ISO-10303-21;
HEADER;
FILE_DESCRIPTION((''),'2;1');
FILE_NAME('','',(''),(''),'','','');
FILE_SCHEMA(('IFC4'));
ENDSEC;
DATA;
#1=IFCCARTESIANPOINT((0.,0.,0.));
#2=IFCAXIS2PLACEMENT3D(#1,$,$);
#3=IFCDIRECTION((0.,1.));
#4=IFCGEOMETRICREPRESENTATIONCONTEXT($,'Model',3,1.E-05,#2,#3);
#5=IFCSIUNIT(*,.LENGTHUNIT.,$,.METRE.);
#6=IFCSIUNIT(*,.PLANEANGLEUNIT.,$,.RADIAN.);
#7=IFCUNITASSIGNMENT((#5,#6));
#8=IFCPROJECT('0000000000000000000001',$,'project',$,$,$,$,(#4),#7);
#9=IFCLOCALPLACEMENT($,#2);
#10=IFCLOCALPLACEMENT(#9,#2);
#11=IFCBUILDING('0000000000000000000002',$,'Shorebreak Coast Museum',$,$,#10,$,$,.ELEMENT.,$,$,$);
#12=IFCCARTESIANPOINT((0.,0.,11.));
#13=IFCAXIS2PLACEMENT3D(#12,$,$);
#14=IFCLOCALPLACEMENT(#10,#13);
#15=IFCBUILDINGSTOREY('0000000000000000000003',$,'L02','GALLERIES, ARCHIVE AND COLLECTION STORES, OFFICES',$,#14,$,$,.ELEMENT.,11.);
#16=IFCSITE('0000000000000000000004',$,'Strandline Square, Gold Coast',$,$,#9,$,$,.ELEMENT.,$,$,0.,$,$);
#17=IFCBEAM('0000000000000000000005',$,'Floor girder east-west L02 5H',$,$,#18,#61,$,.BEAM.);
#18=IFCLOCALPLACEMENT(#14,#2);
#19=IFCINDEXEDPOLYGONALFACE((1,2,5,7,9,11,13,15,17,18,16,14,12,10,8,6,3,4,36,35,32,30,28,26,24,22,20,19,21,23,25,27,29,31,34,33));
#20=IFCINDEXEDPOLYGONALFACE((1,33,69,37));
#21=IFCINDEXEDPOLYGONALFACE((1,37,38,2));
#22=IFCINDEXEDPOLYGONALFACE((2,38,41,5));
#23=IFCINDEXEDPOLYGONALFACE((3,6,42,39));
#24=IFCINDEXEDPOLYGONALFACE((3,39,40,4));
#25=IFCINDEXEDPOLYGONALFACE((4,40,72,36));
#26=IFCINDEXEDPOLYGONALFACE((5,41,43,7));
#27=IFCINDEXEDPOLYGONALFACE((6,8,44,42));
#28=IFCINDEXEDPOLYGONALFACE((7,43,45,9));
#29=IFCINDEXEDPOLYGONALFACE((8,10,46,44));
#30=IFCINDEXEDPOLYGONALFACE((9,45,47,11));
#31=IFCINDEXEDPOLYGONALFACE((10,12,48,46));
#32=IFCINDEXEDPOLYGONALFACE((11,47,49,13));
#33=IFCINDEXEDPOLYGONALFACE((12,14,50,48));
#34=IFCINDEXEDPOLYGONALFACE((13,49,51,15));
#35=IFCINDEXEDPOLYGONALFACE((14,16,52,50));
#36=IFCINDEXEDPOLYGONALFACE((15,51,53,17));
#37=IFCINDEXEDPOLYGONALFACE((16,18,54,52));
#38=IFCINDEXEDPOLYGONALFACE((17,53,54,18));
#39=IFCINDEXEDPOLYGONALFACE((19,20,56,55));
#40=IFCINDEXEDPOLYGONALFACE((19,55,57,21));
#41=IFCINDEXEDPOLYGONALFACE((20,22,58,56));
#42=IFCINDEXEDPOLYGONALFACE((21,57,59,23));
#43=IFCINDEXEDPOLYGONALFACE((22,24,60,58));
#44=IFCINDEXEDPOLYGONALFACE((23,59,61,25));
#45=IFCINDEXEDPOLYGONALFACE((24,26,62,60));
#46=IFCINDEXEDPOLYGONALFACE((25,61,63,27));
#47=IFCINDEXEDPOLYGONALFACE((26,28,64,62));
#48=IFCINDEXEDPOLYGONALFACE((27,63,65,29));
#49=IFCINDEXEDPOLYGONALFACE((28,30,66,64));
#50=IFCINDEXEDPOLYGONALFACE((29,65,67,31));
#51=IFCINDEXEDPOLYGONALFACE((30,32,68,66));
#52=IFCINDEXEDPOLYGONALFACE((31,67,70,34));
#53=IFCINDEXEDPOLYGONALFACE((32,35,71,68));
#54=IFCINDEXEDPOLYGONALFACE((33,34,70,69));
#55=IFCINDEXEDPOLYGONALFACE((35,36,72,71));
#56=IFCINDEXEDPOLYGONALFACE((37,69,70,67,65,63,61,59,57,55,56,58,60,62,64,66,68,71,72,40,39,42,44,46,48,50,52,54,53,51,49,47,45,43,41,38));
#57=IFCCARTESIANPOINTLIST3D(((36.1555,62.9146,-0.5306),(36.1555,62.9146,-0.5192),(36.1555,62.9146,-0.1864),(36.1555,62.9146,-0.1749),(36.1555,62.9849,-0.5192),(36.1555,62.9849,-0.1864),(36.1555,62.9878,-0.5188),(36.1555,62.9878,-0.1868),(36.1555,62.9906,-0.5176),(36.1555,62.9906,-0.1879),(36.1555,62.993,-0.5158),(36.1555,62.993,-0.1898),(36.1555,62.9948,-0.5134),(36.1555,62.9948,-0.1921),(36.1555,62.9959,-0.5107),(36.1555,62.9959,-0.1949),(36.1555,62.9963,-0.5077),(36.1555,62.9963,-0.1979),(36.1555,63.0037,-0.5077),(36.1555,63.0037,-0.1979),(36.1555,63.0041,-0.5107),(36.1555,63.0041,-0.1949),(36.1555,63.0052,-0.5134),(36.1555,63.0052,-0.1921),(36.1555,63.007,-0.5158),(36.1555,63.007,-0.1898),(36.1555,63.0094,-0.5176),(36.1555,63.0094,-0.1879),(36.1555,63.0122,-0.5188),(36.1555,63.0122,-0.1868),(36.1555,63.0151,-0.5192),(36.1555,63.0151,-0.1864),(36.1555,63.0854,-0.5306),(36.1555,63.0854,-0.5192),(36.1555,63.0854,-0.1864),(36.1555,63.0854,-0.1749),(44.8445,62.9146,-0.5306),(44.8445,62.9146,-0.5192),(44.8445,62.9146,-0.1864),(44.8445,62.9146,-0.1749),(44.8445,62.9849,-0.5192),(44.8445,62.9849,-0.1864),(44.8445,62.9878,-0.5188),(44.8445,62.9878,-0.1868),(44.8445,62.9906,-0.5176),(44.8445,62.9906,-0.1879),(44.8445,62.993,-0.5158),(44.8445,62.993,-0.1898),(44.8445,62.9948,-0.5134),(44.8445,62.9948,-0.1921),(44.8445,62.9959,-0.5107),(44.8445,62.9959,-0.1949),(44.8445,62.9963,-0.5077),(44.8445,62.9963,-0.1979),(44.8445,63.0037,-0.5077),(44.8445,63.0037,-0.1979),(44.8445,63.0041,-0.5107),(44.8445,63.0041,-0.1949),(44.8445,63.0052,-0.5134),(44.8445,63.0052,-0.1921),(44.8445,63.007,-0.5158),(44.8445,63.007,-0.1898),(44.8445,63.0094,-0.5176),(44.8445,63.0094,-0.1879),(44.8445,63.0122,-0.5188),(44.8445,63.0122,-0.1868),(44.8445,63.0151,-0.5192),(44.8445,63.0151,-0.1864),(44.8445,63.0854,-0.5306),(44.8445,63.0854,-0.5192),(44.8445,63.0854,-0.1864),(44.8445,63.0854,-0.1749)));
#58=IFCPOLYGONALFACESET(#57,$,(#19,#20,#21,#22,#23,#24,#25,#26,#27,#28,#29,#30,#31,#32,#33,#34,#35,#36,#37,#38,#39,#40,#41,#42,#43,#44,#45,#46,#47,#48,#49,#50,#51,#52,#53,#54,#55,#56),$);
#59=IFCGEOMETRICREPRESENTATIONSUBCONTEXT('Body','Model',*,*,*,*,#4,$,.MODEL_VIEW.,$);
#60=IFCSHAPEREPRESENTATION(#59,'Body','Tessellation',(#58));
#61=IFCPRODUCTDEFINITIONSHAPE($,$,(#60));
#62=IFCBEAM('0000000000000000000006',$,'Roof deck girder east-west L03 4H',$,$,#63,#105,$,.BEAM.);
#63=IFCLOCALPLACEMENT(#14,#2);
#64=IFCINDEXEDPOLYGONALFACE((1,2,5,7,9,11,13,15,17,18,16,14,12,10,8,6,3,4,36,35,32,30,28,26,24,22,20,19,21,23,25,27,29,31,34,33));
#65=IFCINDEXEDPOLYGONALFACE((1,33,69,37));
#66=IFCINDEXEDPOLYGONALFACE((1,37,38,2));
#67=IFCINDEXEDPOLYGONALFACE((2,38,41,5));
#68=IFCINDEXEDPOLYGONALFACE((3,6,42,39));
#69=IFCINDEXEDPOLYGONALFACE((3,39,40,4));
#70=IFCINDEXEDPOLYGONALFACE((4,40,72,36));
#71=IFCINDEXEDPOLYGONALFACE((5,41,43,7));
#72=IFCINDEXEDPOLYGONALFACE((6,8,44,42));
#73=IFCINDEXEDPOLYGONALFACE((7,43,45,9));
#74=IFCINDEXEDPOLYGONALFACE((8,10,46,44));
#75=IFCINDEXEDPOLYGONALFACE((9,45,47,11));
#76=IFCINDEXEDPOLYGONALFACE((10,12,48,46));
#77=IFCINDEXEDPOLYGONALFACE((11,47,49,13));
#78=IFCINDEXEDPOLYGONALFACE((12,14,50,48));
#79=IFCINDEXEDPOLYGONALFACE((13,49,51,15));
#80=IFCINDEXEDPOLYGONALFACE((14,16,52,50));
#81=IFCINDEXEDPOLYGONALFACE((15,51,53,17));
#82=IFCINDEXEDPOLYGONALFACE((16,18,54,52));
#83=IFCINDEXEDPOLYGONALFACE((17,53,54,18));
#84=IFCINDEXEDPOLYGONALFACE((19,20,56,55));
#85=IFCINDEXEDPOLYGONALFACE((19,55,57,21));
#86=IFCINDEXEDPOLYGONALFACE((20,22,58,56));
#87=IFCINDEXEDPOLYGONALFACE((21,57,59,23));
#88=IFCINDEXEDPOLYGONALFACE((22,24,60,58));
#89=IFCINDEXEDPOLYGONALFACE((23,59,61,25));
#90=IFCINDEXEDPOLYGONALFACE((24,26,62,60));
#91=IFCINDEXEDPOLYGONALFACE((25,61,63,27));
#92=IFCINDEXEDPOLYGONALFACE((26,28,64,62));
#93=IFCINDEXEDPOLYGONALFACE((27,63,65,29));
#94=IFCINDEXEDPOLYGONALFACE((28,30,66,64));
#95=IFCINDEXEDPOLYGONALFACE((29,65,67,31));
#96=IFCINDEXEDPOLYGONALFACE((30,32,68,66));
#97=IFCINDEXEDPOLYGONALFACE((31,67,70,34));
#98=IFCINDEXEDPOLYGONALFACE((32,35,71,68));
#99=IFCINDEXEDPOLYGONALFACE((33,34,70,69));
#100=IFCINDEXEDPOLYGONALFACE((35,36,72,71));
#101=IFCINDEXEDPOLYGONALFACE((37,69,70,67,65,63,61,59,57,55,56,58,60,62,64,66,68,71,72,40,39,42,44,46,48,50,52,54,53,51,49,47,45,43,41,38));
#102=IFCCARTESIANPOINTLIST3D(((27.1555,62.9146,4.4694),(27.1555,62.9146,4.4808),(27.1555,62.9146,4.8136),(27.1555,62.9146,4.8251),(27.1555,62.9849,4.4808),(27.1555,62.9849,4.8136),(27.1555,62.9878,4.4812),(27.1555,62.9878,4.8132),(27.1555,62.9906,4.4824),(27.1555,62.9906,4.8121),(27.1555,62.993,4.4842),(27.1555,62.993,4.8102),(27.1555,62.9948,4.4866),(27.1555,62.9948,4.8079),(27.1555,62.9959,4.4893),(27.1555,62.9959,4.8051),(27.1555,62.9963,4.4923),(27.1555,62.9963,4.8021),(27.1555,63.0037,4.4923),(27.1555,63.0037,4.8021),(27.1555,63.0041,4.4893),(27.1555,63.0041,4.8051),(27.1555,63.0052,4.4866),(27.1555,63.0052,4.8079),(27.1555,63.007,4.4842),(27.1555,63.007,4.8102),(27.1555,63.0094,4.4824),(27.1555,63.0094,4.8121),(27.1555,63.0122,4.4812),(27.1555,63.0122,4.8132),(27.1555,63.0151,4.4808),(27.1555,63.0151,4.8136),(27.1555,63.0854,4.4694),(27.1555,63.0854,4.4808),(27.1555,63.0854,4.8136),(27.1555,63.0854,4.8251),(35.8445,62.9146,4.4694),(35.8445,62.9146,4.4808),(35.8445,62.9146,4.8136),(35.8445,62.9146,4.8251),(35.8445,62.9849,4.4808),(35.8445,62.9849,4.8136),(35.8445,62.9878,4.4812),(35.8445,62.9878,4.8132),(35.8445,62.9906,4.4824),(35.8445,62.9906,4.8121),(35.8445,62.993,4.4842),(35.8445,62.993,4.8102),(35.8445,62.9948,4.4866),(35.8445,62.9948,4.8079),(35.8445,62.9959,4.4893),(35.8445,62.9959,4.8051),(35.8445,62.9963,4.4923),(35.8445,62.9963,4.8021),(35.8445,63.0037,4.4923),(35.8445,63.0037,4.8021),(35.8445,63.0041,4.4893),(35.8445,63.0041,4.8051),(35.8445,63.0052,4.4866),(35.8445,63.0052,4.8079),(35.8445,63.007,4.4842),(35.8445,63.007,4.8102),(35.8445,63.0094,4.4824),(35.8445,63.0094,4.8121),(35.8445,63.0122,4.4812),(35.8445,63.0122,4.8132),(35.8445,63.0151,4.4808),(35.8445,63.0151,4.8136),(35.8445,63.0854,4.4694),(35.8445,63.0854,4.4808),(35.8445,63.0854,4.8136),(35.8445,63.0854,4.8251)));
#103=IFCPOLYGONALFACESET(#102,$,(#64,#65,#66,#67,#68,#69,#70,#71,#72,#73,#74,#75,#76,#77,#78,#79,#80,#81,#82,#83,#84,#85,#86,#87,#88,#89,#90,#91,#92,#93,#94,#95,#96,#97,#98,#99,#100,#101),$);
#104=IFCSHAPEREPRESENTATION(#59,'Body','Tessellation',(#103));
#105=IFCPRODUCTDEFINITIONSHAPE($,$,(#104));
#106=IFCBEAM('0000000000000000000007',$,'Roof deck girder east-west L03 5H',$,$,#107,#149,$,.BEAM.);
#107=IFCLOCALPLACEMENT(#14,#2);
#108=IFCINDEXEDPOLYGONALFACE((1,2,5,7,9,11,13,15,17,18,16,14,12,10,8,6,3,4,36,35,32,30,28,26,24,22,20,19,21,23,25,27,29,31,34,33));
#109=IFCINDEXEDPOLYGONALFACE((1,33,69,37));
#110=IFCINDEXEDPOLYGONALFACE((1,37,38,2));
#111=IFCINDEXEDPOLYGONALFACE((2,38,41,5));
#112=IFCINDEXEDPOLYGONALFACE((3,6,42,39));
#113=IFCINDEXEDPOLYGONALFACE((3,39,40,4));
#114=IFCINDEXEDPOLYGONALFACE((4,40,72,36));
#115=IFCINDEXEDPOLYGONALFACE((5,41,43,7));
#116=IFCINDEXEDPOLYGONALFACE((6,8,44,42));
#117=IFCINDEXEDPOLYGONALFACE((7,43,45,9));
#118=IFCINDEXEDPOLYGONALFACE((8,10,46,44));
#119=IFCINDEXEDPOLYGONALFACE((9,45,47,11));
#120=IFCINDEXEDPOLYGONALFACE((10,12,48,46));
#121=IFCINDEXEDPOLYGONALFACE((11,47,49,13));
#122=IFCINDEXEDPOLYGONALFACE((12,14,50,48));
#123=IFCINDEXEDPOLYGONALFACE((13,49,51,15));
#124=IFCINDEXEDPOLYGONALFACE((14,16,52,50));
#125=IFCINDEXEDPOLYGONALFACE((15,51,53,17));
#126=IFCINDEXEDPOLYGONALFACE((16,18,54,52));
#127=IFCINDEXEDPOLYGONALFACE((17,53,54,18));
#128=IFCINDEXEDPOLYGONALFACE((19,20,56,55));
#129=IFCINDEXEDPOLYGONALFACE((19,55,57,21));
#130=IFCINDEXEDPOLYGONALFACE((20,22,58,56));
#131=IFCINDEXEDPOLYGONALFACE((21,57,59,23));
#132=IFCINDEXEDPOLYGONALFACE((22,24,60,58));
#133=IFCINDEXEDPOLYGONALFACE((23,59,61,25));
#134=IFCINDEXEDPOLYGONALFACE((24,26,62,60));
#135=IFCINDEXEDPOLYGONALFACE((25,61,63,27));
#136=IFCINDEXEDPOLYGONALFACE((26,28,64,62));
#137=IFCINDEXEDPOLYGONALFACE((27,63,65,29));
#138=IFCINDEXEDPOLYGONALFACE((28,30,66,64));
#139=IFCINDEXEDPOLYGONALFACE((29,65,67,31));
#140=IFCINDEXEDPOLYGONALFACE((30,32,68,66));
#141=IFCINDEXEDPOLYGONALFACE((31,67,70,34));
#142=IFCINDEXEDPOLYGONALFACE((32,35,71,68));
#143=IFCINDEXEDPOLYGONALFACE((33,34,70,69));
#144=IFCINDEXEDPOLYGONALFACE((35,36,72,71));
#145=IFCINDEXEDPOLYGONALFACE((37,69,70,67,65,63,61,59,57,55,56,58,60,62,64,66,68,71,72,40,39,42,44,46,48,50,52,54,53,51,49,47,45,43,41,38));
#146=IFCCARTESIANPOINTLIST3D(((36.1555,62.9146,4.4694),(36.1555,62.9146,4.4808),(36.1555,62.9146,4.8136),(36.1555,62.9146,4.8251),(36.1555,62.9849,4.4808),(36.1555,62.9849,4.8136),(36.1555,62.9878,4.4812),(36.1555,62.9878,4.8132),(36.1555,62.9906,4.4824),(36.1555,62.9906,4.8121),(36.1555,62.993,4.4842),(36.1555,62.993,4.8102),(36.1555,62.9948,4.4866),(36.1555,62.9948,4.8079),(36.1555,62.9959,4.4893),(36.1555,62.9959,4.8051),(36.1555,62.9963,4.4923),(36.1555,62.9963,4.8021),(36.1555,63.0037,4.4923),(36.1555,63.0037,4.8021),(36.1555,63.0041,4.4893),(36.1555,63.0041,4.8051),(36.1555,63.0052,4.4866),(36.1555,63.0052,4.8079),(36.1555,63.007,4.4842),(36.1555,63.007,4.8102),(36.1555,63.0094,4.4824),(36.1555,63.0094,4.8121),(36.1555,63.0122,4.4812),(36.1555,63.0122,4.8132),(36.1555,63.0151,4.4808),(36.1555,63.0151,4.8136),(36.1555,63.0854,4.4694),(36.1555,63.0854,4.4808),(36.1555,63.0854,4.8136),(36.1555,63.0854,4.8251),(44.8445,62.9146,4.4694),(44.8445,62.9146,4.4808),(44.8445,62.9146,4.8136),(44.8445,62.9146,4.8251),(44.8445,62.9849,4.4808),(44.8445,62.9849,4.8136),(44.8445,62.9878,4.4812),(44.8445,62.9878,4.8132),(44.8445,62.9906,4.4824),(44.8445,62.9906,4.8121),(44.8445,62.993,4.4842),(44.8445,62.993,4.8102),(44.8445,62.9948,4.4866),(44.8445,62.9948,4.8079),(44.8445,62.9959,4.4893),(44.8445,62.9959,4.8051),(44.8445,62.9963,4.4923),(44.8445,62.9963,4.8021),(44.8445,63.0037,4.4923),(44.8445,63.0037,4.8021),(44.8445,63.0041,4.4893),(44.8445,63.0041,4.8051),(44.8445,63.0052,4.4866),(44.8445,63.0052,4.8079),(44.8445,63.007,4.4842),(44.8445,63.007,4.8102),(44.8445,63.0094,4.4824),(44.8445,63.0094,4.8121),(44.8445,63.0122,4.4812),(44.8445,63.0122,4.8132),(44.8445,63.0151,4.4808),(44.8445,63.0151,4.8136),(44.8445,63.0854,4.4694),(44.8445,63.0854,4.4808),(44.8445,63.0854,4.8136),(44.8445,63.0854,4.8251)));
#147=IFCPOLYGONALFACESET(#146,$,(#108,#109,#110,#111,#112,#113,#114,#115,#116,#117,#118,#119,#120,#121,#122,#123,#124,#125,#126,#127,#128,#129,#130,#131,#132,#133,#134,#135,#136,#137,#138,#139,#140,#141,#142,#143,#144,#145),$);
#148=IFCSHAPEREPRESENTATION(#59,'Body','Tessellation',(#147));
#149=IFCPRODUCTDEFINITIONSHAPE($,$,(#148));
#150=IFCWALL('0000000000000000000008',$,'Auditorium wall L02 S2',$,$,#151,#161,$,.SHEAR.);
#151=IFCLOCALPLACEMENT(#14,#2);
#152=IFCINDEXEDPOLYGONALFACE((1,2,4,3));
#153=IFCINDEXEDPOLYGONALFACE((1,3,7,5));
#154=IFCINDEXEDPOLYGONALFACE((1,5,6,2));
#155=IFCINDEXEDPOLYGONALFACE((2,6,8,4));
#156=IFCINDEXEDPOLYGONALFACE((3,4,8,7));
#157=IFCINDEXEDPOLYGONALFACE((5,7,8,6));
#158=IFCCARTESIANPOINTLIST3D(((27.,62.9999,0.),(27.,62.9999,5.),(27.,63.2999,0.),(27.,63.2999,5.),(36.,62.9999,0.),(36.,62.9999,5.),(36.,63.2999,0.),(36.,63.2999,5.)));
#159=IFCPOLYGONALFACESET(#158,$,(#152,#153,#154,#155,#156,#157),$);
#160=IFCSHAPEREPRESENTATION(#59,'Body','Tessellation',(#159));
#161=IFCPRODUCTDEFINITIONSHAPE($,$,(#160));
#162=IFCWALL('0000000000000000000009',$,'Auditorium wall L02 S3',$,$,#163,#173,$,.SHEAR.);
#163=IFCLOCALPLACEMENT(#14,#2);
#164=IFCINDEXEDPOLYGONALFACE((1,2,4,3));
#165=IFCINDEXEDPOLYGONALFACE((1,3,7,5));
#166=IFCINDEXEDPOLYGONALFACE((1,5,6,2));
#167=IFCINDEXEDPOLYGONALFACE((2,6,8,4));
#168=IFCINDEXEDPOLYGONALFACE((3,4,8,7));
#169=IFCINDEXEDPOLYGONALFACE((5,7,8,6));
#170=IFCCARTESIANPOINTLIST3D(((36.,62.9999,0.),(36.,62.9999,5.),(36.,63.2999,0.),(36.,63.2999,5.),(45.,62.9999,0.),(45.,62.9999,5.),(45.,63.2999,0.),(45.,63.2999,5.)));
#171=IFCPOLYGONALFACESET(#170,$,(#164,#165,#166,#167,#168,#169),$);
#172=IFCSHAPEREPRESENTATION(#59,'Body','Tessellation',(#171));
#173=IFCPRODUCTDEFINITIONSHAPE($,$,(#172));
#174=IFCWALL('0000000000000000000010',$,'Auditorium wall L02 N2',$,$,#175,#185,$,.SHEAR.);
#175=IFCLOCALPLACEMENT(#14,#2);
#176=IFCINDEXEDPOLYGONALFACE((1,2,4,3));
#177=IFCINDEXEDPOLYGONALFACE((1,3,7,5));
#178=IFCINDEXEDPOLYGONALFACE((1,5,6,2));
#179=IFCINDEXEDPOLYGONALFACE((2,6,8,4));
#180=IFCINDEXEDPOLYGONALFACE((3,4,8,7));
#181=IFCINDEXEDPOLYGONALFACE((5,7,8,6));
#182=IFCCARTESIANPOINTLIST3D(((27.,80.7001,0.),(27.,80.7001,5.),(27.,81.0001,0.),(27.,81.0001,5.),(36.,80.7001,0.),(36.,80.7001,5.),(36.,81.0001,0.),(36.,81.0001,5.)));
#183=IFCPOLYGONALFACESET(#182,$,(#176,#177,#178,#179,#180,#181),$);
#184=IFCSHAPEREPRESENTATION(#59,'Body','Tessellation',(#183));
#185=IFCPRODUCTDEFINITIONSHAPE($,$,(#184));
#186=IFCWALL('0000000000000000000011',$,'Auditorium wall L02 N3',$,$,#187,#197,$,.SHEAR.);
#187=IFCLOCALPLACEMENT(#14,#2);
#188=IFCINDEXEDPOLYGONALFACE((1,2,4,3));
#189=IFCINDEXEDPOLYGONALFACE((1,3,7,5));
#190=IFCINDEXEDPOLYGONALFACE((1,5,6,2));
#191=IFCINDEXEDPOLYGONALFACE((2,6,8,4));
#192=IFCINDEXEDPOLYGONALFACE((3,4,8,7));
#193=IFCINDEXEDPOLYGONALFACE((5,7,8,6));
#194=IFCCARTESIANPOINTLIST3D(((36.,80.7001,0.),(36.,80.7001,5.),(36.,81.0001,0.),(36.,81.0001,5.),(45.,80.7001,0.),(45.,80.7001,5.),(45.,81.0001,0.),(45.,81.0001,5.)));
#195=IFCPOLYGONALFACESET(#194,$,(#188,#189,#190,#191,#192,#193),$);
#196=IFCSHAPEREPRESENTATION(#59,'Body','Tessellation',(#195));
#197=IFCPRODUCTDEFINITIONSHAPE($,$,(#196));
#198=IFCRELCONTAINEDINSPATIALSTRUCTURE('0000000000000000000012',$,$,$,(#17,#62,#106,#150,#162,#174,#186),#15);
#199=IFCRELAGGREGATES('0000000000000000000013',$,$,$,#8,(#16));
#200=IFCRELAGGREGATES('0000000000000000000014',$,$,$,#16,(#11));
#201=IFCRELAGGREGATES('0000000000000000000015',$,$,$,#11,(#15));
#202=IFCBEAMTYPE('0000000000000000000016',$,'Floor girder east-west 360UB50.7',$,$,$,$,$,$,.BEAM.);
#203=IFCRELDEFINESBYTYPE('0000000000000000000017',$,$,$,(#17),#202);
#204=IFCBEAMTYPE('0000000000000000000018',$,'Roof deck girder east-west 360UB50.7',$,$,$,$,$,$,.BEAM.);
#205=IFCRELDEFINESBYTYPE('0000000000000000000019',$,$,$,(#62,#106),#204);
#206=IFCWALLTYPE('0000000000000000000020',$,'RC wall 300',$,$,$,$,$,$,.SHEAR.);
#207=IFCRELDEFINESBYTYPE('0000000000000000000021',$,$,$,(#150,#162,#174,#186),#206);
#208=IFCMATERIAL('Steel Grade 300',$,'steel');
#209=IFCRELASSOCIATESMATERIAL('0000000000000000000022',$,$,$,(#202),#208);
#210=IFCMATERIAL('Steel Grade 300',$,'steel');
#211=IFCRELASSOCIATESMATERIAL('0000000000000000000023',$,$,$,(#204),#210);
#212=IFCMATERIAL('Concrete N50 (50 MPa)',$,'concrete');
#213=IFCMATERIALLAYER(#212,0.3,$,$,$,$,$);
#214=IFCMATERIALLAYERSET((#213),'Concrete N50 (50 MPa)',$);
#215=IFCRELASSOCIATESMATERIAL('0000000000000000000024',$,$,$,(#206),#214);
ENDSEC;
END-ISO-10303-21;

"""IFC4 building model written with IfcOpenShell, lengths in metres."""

from ifc_helpers import new_model, si_unit, direction, frame, frame_2d, origin, origin_2d, place, context, subcontext, project, spatial, rectangle, i_section, extrude, material, layer, layer_set, material_profile, profile_set, type_object, element, save


model = new_model("IFC4")

# Units and contexts
model_context = context("Model", 3, precision=1e-05, world=origin(), true_north=direction((0.0, 1.0)))
body_context = subcontext(model_context, "Body", "Model", "MODEL_VIEW")
ifc_project = project(units=[si_unit("LENGTHUNIT", "METRE"), si_unit("PLANEANGLEUNIT", "RADIAN")], contexts=[model_context])

# Site, building, storey
site_placement = place(None, origin())
site = spatial("IfcSite", under=ifc_project, at=site_placement, Name="Strandline Square, Gold Coast", CompositionType="ELEMENT", RefElevation=0.0)
building_placement = place(site_placement, origin())
building = spatial("IfcBuilding", under=site, at=building_placement, Name="Shorebreak Coast Museum", CompositionType="ELEMENT")
storey_placement = place(building_placement, frame((0.0, 0.0, 11.0)))
storey = spatial("IfcBuildingStorey", under=building, at=storey_placement, Name="L02", Description="GALLERIES, ARCHIVE AND COLLECTION STORES, OFFICES", CompositionType="ELEMENT", Elevation=11.0)

# Beams
ifc_material_1 = material(Name="Steel Grade 300", Category="steel")
ifc_material_profile_1 = material_profile(ifc_material_1, i_section(OverallWidth=0.1709, OverallDepth=0.3557, WebThickness=0.0073, FlangeThickness=0.0115, FilletRadius=0.0115, at=origin_2d()), Name="360UB50.7")
ifc_profile_set_1 = profile_set([ifc_material_profile_1], Name="Steel Grade 300")
beam_type_1 = type_object("IfcBeamType", Name="Floor girder east-west 360UB50.7", PredefinedType="BEAM", material=ifc_profile_set_1)
for number, where, z_axis, x_axis, name in (
    (1, (36.1555, 63.0, -0.3528), (1.0, 0.0, 0.0), (0.0, 1.0, 0.0), "Floor girder east-west L02 5H"),
):
    element("IfcBeam", number, at=place(storey_placement, frame(where, z_axis=z_axis, x_axis=x_axis)), inside=storey, type_object=beam_type_1, Name=name, PredefinedType="BEAM", context=body_context, shape_type="SweptSolid", body=[
        extrude(i_section(OverallWidth=0.1709, OverallDepth=0.3557, WebThickness=0.0073, FlangeThickness=0.0115, FilletRadius=0.0115, at=origin_2d()), origin(), (0.0, 0.0, 1.0), 8.689),
    ])
ifc_material_2 = material(Name="Steel Grade 300", Category="steel")
ifc_material_profile_2 = material_profile(ifc_material_2, i_section(OverallWidth=0.1709, OverallDepth=0.3557, WebThickness=0.0073, FlangeThickness=0.0115, FilletRadius=0.0115, at=origin_2d()), Name="360UB50.7")
ifc_profile_set_2 = profile_set([ifc_material_profile_2], Name="Steel Grade 300")
beam_type_2 = type_object("IfcBeamType", Name="Roof deck girder east-west 360UB50.7", PredefinedType="BEAM", material=ifc_profile_set_2)
for number, where, z_axis, x_axis, name in (
    (2, (27.1555, 63.0, 4.6472), (1.0, 0.0, 0.0), (0.0, 1.0, 0.0), "Roof deck girder east-west L03 4H"),
    (3, (36.1555, 63.0, 4.6472), (1.0, 0.0, 0.0), (0.0, 1.0, 0.0), "Roof deck girder east-west L03 5H"),
):
    element("IfcBeam", number, at=place(storey_placement, frame(where, z_axis=z_axis, x_axis=x_axis)), inside=storey, type_object=beam_type_2, Name=name, PredefinedType="BEAM", context=body_context, shape_type="SweptSolid", body=[
        extrude(i_section(OverallWidth=0.1709, OverallDepth=0.3557, WebThickness=0.0073, FlangeThickness=0.0115, FilletRadius=0.0115, at=origin_2d()), origin(), (0.0, 0.0, 1.0), 8.689),
    ])

# Walls
ifc_material_3 = material(Name="Concrete N50 (50 MPa)", Category="concrete")
ifc_layer_1 = layer(ifc_material_3, 0.3)
ifc_layer_set_1 = layer_set([ifc_layer_1], Name="Concrete N50 (50 MPa)")
wall_type_1 = type_object("IfcWallType", Name="RC wall 300", PredefinedType="SHEAR", material=ifc_layer_set_1)
for number, where, z_axis, x_axis, name in (
    (4, (27.0, 63.1499, 0.0), (0.0, 0.0, 1.0), (1.0, 0.0, 0.0), "Auditorium wall L02 S2"),
    (5, (36.0, 63.1499, 0.0), (0.0, 0.0, 1.0), (1.0, 0.0, 0.0), "Auditorium wall L02 S3"),
    (6, (27.0, 80.8501, 0.0), (0.0, 0.0, 1.0), (1.0, 0.0, 0.0), "Auditorium wall L02 N2"),
    (7, (36.0, 80.8501, 0.0), (0.0, 0.0, 1.0), (1.0, 0.0, 0.0), "Auditorium wall L02 N3"),
):
    element("IfcWall", number, at=place(storey_placement, frame(where, z_axis=z_axis, x_axis=x_axis)), inside=storey, type_object=wall_type_1, Name=name, PredefinedType="SHEAR", context=body_context, shape_type="SweptSolid", body=[
        extrude(rectangle(XDim=9.0, YDim=0.3, at=frame_2d((4.5, 0.0))), origin(), (0.0, 0.0, 1.0), 5.0),
    ])

save(model, "model.ifc")
